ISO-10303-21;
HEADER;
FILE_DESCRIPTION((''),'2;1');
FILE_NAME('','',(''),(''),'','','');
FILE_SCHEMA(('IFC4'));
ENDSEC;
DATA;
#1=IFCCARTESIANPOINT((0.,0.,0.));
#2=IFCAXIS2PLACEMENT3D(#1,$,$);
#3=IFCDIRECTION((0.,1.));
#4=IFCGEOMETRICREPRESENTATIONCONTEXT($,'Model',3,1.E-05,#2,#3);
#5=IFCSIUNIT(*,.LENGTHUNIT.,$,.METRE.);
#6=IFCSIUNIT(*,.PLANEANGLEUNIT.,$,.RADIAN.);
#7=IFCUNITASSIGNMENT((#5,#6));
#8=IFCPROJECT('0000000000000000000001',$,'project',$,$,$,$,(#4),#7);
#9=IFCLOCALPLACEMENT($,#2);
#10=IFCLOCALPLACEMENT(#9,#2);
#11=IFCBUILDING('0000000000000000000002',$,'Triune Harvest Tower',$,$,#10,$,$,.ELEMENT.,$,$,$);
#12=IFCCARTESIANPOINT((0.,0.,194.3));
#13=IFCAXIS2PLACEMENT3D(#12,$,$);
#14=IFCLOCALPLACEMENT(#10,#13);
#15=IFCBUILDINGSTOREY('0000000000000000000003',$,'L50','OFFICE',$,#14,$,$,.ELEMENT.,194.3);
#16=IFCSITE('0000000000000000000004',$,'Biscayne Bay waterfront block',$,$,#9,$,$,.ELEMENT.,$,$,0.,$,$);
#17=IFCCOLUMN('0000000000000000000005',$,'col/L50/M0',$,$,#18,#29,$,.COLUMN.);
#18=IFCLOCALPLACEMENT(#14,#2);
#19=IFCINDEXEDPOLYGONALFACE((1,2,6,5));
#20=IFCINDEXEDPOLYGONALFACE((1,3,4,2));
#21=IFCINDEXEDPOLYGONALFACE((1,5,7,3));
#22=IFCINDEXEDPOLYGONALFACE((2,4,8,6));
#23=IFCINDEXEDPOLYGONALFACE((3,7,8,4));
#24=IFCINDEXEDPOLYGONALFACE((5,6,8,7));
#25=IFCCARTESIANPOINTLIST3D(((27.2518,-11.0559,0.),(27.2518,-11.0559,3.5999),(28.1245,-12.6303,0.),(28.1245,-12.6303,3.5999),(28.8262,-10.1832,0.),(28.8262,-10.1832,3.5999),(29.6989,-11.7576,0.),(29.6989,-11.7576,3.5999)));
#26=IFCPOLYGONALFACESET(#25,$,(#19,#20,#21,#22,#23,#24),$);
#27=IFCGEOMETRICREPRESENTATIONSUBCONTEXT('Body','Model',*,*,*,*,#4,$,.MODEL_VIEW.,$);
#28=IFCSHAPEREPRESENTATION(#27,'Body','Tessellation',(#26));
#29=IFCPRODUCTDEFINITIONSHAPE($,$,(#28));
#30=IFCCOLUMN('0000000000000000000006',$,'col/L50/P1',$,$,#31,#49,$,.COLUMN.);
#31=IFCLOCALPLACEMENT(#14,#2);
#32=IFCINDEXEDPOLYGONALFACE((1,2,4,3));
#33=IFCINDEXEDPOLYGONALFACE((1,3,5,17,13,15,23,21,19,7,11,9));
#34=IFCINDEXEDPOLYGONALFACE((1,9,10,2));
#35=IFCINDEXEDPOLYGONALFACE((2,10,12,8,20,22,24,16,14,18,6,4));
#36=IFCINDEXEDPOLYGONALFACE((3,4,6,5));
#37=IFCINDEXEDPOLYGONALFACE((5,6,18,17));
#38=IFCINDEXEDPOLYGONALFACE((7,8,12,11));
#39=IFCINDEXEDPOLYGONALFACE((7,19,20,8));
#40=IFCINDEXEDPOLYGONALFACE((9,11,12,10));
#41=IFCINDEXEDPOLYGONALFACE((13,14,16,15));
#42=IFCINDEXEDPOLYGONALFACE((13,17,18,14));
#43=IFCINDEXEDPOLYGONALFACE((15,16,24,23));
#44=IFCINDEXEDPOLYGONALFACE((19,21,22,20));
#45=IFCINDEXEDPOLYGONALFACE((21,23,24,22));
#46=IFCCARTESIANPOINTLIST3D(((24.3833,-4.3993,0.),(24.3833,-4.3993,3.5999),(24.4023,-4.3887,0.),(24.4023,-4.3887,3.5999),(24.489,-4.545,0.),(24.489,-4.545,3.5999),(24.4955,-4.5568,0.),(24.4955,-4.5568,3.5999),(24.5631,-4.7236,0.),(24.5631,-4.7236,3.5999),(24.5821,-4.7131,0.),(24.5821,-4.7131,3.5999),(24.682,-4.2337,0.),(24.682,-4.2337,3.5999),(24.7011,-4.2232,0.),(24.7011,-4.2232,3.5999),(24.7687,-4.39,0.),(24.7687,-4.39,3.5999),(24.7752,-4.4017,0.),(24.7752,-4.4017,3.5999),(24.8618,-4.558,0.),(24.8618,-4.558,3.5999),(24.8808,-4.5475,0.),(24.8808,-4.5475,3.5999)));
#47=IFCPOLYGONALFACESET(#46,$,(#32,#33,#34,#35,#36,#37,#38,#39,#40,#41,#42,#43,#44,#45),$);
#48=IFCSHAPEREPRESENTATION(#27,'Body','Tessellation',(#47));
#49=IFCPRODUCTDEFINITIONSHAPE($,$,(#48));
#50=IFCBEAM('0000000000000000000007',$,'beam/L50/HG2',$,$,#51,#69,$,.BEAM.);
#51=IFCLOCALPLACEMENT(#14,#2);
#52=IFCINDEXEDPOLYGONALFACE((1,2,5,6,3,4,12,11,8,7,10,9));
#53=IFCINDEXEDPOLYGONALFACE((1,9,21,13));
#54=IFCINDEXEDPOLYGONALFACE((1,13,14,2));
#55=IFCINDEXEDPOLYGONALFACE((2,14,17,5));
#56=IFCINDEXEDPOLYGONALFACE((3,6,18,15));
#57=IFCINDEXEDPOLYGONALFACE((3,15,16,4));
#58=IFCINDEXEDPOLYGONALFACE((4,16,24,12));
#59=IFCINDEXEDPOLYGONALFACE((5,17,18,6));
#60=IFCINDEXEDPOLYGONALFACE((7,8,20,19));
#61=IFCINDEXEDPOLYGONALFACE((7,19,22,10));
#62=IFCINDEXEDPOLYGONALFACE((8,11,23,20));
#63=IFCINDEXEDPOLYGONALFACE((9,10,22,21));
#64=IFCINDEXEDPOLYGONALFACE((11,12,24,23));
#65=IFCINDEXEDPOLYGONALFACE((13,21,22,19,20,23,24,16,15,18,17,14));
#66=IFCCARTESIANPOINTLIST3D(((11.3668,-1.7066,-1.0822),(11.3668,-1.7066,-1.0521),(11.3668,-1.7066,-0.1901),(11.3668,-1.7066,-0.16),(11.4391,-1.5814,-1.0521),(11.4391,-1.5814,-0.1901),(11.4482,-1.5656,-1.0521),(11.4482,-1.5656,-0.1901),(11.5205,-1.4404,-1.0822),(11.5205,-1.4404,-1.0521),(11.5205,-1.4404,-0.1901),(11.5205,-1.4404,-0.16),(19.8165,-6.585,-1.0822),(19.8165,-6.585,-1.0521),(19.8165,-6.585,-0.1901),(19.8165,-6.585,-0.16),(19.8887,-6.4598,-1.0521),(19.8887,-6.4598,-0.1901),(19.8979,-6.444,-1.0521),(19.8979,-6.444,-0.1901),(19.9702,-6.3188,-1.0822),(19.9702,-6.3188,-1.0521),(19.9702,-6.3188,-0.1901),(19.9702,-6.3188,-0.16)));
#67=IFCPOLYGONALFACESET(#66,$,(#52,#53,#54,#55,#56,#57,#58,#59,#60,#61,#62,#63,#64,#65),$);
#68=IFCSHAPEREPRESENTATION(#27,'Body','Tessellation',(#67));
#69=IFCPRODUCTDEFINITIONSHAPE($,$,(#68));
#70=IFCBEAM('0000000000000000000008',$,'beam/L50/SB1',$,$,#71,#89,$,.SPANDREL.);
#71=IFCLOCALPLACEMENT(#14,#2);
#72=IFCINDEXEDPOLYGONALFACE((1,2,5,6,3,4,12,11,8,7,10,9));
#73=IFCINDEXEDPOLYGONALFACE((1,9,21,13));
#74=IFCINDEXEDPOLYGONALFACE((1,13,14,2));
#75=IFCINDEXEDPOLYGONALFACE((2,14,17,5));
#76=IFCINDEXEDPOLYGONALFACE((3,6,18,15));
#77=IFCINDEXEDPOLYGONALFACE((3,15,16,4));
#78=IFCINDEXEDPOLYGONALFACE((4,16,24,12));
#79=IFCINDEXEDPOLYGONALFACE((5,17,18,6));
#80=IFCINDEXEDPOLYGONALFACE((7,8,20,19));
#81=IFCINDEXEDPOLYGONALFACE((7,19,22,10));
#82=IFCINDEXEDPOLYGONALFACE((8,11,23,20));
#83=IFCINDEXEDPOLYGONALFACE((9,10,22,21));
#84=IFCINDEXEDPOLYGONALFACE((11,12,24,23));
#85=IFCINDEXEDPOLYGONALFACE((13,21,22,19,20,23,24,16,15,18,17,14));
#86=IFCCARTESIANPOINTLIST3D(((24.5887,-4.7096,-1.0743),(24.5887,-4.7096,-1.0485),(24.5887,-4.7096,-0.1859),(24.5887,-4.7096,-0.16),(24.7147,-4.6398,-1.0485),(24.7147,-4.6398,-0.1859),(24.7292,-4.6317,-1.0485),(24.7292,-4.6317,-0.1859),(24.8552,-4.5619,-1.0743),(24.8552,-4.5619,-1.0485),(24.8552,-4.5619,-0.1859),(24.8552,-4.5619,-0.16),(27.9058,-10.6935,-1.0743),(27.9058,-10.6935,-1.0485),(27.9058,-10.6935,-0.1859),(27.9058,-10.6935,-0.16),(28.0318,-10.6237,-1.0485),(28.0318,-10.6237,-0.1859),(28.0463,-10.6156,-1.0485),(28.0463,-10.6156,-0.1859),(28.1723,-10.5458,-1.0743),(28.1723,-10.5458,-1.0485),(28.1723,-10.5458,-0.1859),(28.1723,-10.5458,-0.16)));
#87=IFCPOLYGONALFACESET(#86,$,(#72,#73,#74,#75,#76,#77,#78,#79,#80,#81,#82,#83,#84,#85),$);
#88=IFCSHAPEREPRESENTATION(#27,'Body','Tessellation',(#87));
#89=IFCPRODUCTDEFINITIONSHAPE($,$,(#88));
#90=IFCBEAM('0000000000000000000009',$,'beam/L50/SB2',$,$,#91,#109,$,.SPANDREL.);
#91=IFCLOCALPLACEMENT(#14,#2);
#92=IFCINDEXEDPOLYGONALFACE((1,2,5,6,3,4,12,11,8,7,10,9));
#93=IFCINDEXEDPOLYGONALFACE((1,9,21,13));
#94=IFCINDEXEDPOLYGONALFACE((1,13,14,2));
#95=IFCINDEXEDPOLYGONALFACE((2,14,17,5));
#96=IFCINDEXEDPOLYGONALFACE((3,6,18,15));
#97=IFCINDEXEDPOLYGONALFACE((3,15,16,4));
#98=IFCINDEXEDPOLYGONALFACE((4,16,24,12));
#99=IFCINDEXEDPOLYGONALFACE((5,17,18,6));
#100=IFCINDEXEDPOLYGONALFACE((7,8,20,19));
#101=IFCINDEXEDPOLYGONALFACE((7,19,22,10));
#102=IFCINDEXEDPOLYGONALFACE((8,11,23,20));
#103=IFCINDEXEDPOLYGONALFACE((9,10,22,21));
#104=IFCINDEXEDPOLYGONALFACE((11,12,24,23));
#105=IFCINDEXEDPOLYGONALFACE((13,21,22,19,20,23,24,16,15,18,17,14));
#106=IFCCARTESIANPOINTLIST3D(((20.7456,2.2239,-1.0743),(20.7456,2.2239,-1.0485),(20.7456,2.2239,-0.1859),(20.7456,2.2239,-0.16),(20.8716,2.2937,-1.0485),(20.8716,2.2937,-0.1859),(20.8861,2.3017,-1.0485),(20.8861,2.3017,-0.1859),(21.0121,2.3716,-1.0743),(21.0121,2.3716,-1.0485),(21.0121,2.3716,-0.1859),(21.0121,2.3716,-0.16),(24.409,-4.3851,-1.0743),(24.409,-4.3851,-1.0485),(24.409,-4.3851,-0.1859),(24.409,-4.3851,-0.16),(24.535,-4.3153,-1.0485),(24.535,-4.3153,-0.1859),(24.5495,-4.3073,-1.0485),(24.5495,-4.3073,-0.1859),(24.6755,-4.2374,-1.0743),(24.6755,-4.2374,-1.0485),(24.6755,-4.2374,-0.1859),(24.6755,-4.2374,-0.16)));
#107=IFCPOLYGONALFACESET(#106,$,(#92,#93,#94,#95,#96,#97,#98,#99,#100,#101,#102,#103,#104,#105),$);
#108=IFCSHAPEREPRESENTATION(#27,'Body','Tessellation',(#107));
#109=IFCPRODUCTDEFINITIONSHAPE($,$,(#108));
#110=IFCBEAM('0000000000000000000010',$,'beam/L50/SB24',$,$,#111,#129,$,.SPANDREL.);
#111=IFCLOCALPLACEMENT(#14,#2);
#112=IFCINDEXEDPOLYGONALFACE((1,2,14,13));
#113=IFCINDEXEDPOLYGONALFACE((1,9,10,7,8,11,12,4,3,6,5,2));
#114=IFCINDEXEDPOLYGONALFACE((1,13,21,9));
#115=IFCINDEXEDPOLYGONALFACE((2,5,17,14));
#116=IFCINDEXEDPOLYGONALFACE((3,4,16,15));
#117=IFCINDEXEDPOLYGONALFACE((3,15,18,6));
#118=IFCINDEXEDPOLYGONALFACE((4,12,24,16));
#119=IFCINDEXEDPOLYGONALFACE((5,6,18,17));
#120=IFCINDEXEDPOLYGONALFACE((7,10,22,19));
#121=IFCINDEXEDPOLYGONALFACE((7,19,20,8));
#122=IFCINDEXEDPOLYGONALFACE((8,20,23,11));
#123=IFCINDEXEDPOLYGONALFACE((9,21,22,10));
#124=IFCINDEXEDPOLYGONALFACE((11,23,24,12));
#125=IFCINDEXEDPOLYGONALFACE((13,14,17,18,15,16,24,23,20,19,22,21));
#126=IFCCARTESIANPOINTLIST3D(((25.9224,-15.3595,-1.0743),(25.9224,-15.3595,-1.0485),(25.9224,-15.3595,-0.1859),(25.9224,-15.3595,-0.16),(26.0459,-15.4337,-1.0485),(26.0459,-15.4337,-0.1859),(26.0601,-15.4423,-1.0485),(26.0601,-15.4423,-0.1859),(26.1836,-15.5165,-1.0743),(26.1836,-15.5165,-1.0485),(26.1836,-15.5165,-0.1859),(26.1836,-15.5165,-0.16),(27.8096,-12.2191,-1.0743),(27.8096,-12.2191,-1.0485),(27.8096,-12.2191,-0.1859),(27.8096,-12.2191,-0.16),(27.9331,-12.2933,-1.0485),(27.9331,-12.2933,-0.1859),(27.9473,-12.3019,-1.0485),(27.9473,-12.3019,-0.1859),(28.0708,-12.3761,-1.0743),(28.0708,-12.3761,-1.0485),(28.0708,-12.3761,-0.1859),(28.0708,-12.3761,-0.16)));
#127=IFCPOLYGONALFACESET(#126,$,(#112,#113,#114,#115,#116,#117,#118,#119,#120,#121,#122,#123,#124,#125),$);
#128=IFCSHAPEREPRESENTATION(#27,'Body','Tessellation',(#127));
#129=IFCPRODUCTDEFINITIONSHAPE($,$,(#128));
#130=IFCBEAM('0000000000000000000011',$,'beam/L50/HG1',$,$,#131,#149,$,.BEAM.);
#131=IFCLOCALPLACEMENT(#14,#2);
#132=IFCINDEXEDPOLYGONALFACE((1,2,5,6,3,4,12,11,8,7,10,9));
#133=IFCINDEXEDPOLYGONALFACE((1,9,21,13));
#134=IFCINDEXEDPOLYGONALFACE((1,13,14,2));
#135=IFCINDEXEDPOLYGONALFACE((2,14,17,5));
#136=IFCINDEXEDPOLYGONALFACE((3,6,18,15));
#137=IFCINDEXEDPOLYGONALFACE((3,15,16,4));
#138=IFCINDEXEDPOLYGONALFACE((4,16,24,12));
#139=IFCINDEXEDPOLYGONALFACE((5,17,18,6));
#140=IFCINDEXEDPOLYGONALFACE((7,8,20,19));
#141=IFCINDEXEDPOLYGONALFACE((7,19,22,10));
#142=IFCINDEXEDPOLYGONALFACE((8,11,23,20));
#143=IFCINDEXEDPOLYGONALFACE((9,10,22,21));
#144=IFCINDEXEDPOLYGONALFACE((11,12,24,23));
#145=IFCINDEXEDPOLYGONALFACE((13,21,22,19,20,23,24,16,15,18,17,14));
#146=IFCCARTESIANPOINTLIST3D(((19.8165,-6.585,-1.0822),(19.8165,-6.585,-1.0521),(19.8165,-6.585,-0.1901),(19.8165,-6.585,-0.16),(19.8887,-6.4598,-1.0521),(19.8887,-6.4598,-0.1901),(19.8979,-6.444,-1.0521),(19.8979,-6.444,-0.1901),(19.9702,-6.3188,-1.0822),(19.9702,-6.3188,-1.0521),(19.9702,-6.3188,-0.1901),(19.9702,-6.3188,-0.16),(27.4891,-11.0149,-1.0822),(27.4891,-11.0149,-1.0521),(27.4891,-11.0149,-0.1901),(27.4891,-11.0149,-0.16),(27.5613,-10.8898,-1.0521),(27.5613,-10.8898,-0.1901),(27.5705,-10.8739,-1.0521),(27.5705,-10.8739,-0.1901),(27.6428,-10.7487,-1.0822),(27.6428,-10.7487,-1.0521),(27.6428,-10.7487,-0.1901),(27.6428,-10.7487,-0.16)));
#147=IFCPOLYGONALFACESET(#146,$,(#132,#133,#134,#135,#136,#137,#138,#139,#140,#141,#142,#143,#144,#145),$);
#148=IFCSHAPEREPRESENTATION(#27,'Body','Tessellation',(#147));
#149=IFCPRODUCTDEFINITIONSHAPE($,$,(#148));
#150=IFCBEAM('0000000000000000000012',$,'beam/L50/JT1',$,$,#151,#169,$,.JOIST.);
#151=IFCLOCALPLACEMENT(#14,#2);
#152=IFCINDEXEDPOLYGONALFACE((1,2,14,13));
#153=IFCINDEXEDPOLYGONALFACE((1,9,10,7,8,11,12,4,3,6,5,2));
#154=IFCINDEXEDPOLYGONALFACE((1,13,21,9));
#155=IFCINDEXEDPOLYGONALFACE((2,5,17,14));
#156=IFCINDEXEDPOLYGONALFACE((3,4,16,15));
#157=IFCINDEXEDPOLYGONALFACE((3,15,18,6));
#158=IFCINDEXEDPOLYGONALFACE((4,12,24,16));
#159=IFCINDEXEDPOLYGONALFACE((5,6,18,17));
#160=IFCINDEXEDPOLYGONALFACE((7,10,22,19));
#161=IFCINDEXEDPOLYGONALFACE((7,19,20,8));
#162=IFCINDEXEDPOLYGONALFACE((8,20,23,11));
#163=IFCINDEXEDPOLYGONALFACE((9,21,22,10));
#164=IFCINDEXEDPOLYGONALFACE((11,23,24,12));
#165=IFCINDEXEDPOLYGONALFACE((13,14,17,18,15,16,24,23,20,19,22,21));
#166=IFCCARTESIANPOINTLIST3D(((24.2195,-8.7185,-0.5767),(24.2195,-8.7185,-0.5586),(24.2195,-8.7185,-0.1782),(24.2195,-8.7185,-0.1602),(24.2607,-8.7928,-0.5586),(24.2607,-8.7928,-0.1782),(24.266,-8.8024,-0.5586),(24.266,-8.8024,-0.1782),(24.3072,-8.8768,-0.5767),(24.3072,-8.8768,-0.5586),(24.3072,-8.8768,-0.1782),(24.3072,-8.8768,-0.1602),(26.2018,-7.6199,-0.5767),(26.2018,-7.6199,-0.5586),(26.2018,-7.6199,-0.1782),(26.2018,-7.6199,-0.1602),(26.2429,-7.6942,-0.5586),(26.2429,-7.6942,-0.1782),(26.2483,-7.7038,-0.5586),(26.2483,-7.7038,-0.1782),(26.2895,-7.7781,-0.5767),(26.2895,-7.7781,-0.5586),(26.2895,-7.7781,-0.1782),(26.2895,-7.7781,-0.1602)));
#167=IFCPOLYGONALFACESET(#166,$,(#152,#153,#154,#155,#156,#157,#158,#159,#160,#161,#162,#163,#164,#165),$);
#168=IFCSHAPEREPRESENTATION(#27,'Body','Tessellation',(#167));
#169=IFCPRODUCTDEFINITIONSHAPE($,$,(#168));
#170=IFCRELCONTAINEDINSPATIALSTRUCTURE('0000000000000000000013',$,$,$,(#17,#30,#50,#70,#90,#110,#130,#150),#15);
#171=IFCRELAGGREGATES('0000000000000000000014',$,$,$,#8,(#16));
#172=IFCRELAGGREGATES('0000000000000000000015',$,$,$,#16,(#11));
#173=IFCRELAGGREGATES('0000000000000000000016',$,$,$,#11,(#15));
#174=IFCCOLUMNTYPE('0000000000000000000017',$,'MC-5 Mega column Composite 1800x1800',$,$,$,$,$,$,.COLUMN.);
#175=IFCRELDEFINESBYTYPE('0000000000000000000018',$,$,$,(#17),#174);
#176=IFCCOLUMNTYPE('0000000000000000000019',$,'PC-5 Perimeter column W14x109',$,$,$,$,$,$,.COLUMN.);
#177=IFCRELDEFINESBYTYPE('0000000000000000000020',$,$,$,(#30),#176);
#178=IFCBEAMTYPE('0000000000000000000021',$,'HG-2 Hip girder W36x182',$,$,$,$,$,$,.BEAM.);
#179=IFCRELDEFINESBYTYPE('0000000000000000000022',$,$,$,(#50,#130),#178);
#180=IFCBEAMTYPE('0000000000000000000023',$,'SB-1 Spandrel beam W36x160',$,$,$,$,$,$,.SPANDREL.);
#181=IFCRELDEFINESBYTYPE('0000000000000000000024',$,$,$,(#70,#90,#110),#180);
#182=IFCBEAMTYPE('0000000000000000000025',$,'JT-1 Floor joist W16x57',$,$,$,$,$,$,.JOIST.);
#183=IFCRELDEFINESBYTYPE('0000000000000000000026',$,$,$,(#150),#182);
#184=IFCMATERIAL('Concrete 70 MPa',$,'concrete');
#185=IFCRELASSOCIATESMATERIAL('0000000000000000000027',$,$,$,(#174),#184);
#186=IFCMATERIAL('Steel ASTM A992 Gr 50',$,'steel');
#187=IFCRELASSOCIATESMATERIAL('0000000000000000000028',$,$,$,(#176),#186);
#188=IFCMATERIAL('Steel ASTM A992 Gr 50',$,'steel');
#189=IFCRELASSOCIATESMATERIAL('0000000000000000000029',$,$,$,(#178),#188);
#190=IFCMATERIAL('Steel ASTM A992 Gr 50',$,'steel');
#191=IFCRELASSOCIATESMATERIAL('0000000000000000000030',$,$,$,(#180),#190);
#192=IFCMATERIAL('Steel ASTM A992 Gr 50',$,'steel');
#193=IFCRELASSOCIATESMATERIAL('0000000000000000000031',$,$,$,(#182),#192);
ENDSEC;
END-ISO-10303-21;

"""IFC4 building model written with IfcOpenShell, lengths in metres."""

from ifc_helpers import new_model, si_unit, direction, frame, origin, origin_2d, place, context, subcontext, project, spatial, rectangle, i_section, extrude, source, transform, mapped, material, material_profile, profile_set, type_object, element, save


model = new_model("IFC4")

# Units and contexts
model_context = context("Model", 3, precision=1e-05, world=origin(), true_north=direction((0.0, 1.0)))
body_context = subcontext(model_context, "Body", "Model", "MODEL_VIEW")
ifc_project = project(units=[si_unit("LENGTHUNIT", "METRE"), si_unit("PLANEANGLEUNIT", "RADIAN")], contexts=[model_context])

# Site, building, storey
site_placement = place(None, origin())
site = spatial("IfcSite", under=ifc_project, at=site_placement, Name="Biscayne Bay waterfront block", CompositionType="ELEMENT", RefElevation=0.0)
building_placement = place(site_placement, origin())
building = spatial("IfcBuilding", under=site, at=building_placement, Name="Triune Harvest Tower", CompositionType="ELEMENT")
storey_placement = place(building_placement, frame((0.0, 0.0, 194.3)))
storey = spatial("IfcBuildingStorey", under=building, at=storey_placement, Name="L50", Description="OFFICE", CompositionType="ELEMENT", Elevation=194.3)

# Columns
ifc_material_1 = material(Name="Concrete 70 MPa", Category="concrete")
ifc_material_profile_1 = material_profile(ifc_material_1, rectangle(XDim=1.8, YDim=1.8, at=origin_2d()), Name="Composite 1800x1800")
ifc_profile_set_1 = profile_set([ifc_material_profile_1], Name="Concrete 70 MPa")
column_type_1 = type_object("IfcColumnType", Name="MC-5 Mega column Composite 1800x1800", PredefinedType="COLUMN", material=ifc_profile_set_1)
shared_shape_1 = source(origin(), body_context, "Body", "SweptSolid", [
    extrude(rectangle(XDim=1.8, YDim=1.8, at=origin_2d()), origin(), (0.0, 0.0, 1.0), 3.5999),
])
column_1_placement = place(storey_placement, frame((28.4753, -11.4067, 0.0), z_axis=(0.0, 0.0, 1.0), x_axis=(-0.48481, 0.87462, 0.0)))
element("IfcColumn", 1, at=column_1_placement, inside=storey, type_object=column_type_1, Name="col/L50/M0", PredefinedType="COLUMN", context=body_context, shape_type="MappedRepresentation", body=[
    mapped(shared_shape_1, transform((0.0, 0.0, 0.0), scale=1.0)),
])
ifc_material_2 = material(Name="Steel ASTM A992 Gr 50", Category="steel")
ifc_material_profile_2 = material_profile(ifc_material_2, i_section(OverallWidth=0.3708, OverallDepth=0.3633, WebThickness=0.0134, FlangeThickness=0.0217, at=origin_2d()), Name="W14x109")
ifc_profile_set_2 = profile_set([ifc_material_profile_2], Name="Steel ASTM A992 Gr 50")
column_type_2 = type_object("IfcColumnType", Name="PC-5 Perimeter column W14x109", PredefinedType="COLUMN", material=ifc_profile_set_2)
shared_shape_2 = source(origin(), body_context, "Body", "SweptSolid", [
    extrude(i_section(OverallWidth=0.3708, OverallDepth=0.3633, WebThickness=0.0134, FlangeThickness=0.0217, at=origin_2d()), origin(), (0.0, 0.0, 1.0), 3.5999),
])
column_2_placement = place(storey_placement, frame((24.6321, -4.4734, 0.0), z_axis=(0.0, 0.0, 1.0), x_axis=(-0.48481, 0.87462, 0.0)))
element("IfcColumn", 2, at=column_2_placement, inside=storey, type_object=column_type_2, Name="col/L50/P1", PredefinedType="COLUMN", context=body_context, shape_type="MappedRepresentation", body=[
    mapped(shared_shape_2, transform((0.0, 0.0, 0.0), scale=1.0)),
])

# Beams
ifc_material_3 = material(Name="Steel ASTM A992 Gr 50", Category="steel")
ifc_material_profile_3 = material_profile(ifc_material_3, i_section(OverallWidth=0.3074, OverallDepth=0.9221, WebThickness=0.0183, FlangeThickness=0.03, at=origin_2d()), Name="W36x182")
ifc_profile_set_3 = profile_set([ifc_material_profile_3], Name="Steel ASTM A992 Gr 50")
beam_type_1 = type_object("IfcBeamType", Name="HG-2 Hip girder W36x182", PredefinedType="BEAM", material=ifc_profile_set_3)
shared_shape_3 = source(origin(), body_context, "Body", "SweptSolid", [
    extrude(i_section(OverallWidth=0.3074, OverallDepth=0.9221, WebThickness=0.0183, FlangeThickness=0.03, at=origin_2d()), origin(), (0.0, 0.0, 1.0), 9.7568),
])
beam_1_placement = place(storey_placement, frame((19.8933, -6.4519, -0.6211), z_axis=(-0.866026, 0.499998, 0.0), x_axis=(-0.499998, -0.866026, 0.0)))
element("IfcBeam", 3, at=beam_1_placement, inside=storey, type_object=beam_type_1, Name="beam/L50/HG2", PredefinedType="BEAM", context=body_context, shape_type="MappedRepresentation", body=[
    mapped(shared_shape_3, transform((0.0, 0.0, 0.0), scale=1.0)),
])
ifc_material_4 = material(Name="Steel ASTM A992 Gr 50", Category="steel")
ifc_material_profile_4 = material_profile(ifc_material_4, i_section(OverallWidth=0.3047, OverallDepth=0.9143, WebThickness=0.0166, FlangeThickness=0.0259, at=origin_2d()), Name="W36x160")
ifc_profile_set_4 = profile_set([ifc_material_profile_4], Name="Steel ASTM A992 Gr 50")
beam_type_2 = type_object("IfcBeamType", Name="SB-1 Spandrel beam W36x160", PredefinedType="SPANDREL", material=ifc_profile_set_4)
shared_shape_4 = source(origin(), body_context, "Body", "SweptSolid", [
    extrude(i_section(OverallWidth=0.3047, OverallDepth=0.9143, WebThickness=0.0166, FlangeThickness=0.0259, at=origin_2d()), origin(), (0.0, 0.0, 1.0), 6.8418),
])
beam_2_placement = place(storey_placement, frame((28.0391, -10.6196, -0.6172), z_axis=(-0.484834, 0.874606, 0.0), x_axis=(-0.874606, -0.484834, 0.0)))
element("IfcBeam", 4, at=beam_2_placement, inside=storey, type_object=beam_type_2, Name="beam/L50/SB1", PredefinedType="SPANDREL", context=body_context, shape_type="MappedRepresentation", body=[
    mapped(shared_shape_4, transform((0.0, 0.0, 0.0), scale=1.0)),
])
shared_shape_5 = source(origin(), body_context, "Body", "SweptSolid", [
    extrude(i_section(OverallWidth=0.3047, OverallDepth=0.9143, WebThickness=0.0166, FlangeThickness=0.0259, at=origin_2d()), origin(), (0.0, 0.0, 1.0), 7.5564),
])
beam_3_placement = place(storey_placement, frame((24.5422, -4.3113, -0.6172), z_axis=(-0.484806, 0.874622, 0.0), x_axis=(-0.874622, -0.484806, 0.0)))
element("IfcBeam", 5, at=beam_3_placement, inside=storey, type_object=beam_type_2, Name="beam/L50/SB2", PredefinedType="SPANDREL", context=body_context, shape_type="MappedRepresentation", body=[
    mapped(shared_shape_5, transform((0.0, 0.0, 0.0), scale=1.0)),
])
shared_shape_6 = source(origin(), body_context, "Body", "SweptSolid", [
    extrude(i_section(OverallWidth=0.3047, OverallDepth=0.9143, WebThickness=0.0166, FlangeThickness=0.0259, at=origin_2d()), origin(), (0.0, 0.0, 1.0), 3.6638),
])
beam_4_placement = place(storey_placement, frame((26.053, -15.438, -0.6172), z_axis=(0.515093, 0.857134, 0.0), x_axis=(-0.857134, 0.515093, 0.0)))
element("IfcBeam", 6, at=beam_4_placement, inside=storey, type_object=beam_type_2, Name="beam/L50/SB24", PredefinedType="SPANDREL", context=body_context, shape_type="MappedRepresentation", body=[
    mapped(shared_shape_6, transform((0.0, 0.0, 0.0), scale=1.0)),
])
shared_shape_7 = source(origin(), body_context, "Body", "SweptSolid", [
    extrude(i_section(OverallWidth=0.3074, OverallDepth=0.9221, WebThickness=0.0183, FlangeThickness=0.03, at=origin_2d()), origin(), (0.0, 0.0, 1.0), 8.8596),
])
beam_5_placement = place(storey_placement, frame((27.5659, -10.8818, -0.6211), z_axis=(-0.866018, 0.500013, 0.0), x_axis=(-0.500013, -0.866018, 0.0)))
element("IfcBeam", 7, at=beam_5_placement, inside=storey, type_object=beam_type_1, Name="beam/L50/HG1", PredefinedType="BEAM", context=body_context, shape_type="MappedRepresentation", body=[
    mapped(shared_shape_7, transform((0.0, 0.0, 0.0), scale=1.0)),
])
ifc_material_5 = material(Name="Steel ASTM A992 Gr 50", Category="steel")
ifc_material_profile_5 = material_profile(ifc_material_5, i_section(OverallWidth=0.1809, OverallDepth=0.4165, WebThickness=0.011, FlangeThickness=0.0181, at=origin_2d()), Name="W16x57")
ifc_profile_set_5 = profile_set([ifc_material_profile_5], Name="Steel ASTM A992 Gr 50")
beam_type_3 = type_object("IfcBeamType", Name="JT-1 Floor joist W16x57", PredefinedType="JOIST", material=ifc_profile_set_5)
shared_shape_8 = source(origin(), body_context, "Body", "SweptSolid", [
    extrude(i_section(OverallWidth=0.1809, OverallDepth=0.4165, WebThickness=0.011, FlangeThickness=0.0181, at=origin_2d()), origin(), (0.0, 0.0, 1.0), 2.2664),
])
beam_6_placement = place(storey_placement, frame((26.2456, -7.699, -0.3684), z_axis=(-0.87464, -0.484774, 0.0), x_axis=(0.484774, -0.87464, 0.0)))
element("IfcBeam", 8, at=beam_6_placement, inside=storey, type_object=beam_type_3, Name="beam/L50/JT1", PredefinedType="JOIST", context=body_context, shape_type="MappedRepresentation", body=[
    mapped(shared_shape_8, transform((0.0, 0.0, 0.0), scale=1.0)),
])

save(model, "model.ifc")
